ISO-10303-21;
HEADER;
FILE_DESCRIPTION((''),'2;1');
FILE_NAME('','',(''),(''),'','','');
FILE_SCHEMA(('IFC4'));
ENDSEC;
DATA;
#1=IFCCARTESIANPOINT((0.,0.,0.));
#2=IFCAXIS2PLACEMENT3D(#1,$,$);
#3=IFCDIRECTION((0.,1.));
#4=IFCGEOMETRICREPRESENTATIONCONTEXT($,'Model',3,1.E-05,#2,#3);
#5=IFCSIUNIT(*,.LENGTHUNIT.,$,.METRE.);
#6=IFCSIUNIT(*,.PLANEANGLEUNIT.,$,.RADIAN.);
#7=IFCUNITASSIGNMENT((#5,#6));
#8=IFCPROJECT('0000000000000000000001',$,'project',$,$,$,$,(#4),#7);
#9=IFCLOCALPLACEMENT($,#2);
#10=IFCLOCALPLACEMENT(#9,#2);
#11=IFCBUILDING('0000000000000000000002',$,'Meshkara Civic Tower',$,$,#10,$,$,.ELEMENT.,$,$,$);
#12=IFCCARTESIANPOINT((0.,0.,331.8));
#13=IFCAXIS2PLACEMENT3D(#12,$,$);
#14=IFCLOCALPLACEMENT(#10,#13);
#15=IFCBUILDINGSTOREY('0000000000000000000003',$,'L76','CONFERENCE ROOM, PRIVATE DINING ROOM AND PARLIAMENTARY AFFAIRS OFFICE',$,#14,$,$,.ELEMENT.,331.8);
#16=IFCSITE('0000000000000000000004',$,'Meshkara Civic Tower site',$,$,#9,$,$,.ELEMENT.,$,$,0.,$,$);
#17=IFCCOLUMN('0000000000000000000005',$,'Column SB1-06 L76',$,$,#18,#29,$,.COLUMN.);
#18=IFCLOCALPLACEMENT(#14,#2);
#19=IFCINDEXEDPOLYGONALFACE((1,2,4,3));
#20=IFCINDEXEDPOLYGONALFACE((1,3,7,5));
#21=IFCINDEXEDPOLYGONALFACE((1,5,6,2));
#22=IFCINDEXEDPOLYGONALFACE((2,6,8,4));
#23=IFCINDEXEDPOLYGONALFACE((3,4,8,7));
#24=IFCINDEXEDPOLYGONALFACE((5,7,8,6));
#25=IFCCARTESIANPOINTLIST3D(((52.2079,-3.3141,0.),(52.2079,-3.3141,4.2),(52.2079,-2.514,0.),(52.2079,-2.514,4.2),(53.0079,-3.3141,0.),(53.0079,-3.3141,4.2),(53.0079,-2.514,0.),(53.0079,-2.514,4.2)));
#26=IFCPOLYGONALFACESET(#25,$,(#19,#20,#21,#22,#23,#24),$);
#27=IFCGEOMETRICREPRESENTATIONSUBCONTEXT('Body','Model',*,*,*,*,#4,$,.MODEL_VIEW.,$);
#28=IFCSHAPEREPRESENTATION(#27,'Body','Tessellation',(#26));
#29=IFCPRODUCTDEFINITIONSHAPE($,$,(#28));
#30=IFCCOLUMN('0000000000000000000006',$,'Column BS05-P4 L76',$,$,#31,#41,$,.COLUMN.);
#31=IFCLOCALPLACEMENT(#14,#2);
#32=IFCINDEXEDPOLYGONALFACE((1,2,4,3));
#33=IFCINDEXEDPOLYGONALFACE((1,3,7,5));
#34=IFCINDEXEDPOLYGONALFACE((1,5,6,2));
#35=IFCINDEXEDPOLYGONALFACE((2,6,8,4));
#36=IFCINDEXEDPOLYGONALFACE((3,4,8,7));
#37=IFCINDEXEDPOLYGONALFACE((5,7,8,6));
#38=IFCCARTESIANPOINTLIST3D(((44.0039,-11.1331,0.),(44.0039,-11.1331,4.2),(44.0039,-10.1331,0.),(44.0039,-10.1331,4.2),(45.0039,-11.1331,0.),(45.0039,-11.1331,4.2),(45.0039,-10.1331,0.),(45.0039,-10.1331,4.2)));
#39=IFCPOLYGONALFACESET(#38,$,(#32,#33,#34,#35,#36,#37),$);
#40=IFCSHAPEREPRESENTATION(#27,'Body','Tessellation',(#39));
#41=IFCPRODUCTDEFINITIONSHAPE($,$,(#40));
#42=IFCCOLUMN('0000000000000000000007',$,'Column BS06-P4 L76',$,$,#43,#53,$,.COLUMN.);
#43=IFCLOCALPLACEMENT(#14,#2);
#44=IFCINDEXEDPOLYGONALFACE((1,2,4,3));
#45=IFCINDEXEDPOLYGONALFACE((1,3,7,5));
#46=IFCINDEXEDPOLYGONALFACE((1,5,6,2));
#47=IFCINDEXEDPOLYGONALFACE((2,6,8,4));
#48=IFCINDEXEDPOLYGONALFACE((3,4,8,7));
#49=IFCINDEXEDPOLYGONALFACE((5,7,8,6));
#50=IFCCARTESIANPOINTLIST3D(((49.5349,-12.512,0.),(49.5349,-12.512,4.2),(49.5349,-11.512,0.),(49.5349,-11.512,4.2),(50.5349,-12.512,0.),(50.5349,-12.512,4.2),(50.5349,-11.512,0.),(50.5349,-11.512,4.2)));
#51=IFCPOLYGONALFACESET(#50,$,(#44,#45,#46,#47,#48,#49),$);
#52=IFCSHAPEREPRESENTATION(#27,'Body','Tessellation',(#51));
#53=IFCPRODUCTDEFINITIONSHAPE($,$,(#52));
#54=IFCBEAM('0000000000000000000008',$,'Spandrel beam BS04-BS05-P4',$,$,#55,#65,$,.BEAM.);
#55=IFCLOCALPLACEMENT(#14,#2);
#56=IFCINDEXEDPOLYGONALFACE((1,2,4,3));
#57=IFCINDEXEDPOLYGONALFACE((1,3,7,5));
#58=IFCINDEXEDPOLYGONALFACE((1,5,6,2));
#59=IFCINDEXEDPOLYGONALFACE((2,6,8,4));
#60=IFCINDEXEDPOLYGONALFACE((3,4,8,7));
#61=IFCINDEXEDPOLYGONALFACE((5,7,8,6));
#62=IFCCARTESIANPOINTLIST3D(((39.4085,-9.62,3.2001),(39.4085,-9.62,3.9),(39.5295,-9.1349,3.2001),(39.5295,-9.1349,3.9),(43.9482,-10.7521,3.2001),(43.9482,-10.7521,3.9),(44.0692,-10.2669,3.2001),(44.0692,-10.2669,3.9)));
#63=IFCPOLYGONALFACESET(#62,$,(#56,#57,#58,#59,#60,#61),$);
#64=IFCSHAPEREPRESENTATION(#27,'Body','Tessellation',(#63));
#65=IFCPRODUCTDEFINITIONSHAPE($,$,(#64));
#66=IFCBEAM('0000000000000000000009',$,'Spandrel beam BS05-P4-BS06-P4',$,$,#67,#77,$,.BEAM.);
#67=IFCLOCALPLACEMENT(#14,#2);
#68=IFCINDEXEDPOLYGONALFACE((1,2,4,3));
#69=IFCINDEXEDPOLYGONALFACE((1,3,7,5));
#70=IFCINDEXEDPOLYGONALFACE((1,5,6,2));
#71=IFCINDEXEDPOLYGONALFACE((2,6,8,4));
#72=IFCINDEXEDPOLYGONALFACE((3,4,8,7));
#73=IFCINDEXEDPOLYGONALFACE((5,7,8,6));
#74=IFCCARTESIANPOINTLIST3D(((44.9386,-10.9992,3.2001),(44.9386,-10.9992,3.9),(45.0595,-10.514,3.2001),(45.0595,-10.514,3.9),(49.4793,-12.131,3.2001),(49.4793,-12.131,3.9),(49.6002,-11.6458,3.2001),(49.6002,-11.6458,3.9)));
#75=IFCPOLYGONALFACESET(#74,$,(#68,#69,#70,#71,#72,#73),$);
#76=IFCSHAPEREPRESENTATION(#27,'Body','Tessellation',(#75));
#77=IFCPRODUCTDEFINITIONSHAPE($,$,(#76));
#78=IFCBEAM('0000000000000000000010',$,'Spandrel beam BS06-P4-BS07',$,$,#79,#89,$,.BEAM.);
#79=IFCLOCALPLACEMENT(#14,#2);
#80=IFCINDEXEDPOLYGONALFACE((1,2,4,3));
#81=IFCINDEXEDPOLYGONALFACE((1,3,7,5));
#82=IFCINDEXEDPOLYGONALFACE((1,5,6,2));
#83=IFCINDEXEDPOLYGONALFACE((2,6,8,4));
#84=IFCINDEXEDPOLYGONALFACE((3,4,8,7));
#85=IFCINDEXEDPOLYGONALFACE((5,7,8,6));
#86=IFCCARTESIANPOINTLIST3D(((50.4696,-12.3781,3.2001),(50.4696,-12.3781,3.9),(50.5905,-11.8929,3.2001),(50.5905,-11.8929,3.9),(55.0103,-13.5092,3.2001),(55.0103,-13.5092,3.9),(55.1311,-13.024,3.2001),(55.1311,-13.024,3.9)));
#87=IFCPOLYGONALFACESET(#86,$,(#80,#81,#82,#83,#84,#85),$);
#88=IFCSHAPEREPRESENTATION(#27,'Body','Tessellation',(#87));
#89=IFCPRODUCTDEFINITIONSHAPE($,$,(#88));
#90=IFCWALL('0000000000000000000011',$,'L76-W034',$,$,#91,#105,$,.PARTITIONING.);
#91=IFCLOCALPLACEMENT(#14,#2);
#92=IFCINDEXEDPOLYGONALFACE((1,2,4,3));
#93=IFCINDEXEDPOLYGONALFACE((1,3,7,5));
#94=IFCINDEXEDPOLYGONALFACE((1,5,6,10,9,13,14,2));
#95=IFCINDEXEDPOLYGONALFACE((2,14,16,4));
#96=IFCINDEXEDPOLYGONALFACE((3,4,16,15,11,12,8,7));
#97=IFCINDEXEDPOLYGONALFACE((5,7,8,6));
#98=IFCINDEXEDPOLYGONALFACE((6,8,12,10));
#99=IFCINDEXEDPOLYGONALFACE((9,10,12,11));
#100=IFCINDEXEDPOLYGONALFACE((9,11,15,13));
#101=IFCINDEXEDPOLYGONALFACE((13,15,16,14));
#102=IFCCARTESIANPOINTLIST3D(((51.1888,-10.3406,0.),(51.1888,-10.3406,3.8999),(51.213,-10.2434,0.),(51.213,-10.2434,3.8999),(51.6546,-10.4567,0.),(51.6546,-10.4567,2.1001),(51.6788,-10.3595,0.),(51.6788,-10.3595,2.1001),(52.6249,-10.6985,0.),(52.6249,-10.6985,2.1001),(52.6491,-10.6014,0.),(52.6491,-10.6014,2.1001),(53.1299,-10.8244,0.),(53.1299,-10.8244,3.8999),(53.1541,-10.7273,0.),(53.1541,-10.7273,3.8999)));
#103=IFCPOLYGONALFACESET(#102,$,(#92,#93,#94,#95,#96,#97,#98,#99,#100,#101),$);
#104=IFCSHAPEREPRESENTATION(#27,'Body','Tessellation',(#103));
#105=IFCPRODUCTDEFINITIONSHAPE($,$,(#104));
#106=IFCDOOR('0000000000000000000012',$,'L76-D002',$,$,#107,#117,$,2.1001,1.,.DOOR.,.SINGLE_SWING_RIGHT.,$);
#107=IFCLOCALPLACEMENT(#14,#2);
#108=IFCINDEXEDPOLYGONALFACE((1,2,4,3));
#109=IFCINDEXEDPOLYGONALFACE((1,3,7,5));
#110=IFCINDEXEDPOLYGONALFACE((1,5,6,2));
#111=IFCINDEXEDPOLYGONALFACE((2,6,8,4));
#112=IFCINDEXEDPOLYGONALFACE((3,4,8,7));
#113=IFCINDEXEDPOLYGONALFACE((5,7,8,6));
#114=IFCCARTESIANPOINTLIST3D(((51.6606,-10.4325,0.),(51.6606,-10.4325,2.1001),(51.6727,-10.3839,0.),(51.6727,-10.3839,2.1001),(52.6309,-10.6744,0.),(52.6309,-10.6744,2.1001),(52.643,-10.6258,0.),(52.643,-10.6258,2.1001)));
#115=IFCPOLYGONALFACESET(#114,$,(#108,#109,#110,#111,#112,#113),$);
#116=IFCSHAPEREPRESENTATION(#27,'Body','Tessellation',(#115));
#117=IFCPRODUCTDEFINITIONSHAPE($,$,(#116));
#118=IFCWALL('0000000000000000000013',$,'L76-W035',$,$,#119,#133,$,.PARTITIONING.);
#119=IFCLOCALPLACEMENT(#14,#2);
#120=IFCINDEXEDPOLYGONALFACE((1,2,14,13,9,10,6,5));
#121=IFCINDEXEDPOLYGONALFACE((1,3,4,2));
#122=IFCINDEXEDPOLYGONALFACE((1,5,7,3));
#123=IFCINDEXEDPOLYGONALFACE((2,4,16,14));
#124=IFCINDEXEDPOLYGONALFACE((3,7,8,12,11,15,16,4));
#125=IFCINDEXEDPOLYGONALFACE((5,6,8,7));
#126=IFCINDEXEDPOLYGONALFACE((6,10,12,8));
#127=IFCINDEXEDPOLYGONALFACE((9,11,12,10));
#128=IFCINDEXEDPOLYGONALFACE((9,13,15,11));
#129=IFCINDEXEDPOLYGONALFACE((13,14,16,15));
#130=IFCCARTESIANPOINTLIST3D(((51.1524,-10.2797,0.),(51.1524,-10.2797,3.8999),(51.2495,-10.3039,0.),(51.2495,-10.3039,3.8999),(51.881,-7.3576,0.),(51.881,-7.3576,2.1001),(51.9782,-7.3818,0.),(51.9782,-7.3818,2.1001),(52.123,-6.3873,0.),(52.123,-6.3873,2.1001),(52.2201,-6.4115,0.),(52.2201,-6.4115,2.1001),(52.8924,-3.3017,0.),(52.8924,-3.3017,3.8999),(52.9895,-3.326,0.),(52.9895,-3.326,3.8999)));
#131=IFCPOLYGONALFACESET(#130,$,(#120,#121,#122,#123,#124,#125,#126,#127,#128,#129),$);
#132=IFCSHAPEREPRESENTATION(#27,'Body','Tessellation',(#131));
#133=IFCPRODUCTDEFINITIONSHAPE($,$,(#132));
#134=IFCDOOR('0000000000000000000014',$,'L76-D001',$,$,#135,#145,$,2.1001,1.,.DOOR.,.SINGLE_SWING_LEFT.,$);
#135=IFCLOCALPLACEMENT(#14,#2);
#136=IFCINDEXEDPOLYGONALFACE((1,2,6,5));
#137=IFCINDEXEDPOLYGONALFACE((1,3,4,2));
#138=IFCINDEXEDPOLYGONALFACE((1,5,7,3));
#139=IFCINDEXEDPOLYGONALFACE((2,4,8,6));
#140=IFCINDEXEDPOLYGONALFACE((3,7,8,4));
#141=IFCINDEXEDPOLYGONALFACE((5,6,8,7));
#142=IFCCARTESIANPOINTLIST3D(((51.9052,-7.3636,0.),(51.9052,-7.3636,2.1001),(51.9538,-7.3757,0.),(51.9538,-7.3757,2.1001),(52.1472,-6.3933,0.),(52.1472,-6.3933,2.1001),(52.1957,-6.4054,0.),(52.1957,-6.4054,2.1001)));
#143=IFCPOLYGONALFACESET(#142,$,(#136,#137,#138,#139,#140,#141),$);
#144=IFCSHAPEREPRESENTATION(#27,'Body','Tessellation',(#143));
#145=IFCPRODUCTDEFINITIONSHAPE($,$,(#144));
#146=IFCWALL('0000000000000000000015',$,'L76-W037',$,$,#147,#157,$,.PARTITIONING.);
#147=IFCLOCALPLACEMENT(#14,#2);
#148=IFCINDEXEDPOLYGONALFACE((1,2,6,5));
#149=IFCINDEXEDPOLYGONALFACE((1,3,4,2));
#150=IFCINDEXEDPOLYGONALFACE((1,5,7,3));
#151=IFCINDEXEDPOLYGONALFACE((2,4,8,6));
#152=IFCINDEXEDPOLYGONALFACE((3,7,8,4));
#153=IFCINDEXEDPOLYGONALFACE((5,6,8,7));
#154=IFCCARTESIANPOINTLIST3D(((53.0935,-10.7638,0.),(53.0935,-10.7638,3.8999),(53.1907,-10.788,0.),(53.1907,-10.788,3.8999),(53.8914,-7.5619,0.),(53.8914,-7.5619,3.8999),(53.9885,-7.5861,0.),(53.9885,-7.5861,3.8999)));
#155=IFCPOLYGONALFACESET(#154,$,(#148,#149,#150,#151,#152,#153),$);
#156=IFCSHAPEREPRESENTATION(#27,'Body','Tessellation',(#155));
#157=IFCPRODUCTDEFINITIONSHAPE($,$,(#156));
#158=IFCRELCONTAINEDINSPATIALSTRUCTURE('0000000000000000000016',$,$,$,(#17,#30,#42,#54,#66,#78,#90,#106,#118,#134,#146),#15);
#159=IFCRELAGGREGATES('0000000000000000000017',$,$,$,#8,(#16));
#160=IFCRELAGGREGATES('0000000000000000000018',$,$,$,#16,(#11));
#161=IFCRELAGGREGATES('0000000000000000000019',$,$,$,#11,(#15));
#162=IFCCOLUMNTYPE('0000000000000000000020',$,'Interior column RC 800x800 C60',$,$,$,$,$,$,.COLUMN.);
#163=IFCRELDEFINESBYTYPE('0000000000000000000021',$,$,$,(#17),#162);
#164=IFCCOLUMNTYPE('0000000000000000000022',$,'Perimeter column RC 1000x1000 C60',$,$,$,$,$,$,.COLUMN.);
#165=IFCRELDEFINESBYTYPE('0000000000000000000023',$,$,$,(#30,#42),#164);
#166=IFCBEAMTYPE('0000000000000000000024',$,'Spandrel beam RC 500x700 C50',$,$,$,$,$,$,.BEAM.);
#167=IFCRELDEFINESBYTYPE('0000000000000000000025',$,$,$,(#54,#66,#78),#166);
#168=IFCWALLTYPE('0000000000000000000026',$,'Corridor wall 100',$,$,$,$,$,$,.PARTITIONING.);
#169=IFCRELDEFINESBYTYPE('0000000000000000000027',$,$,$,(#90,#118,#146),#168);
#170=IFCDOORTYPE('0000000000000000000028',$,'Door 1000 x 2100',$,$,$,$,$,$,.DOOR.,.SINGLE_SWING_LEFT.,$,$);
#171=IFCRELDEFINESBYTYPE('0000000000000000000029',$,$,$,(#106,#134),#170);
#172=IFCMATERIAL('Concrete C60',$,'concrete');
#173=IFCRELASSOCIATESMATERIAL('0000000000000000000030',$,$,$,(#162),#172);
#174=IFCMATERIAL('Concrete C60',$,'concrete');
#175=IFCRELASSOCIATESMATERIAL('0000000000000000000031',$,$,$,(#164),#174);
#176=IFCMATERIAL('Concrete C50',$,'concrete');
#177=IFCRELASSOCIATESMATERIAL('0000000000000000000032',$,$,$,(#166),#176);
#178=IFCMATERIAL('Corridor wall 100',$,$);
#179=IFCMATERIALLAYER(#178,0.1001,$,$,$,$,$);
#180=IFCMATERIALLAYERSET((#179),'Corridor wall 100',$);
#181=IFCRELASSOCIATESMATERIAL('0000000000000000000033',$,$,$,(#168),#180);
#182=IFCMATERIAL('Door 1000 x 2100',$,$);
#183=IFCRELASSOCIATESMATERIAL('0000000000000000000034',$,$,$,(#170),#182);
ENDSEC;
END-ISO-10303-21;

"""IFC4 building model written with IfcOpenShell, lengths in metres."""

from ifc_helpers import new_model, si_unit, direction, frame, frame_2d, origin, origin_2d, place, context, subcontext, project, spatial, rectangle, extrude, material, layer, layer_set, material_profile, profile_set, type_object, element, fill, save


model = new_model("IFC4")

# Units and contexts
model_context = context("Model", 3, precision=1e-05, world=origin(), true_north=direction((0.0, 1.0)))
body_context = subcontext(model_context, "Body", "Model", "MODEL_VIEW")
ifc_project = project(units=[si_unit("LENGTHUNIT", "METRE"), si_unit("PLANEANGLEUNIT", "RADIAN")], contexts=[model_context])

# Site, building, storey
site_placement = place(None, origin())
site = spatial("IfcSite", under=ifc_project, at=site_placement, Name="Meshkara Civic Tower site", CompositionType="ELEMENT", RefElevation=0.0)
building_placement = place(site_placement, origin())
building = spatial("IfcBuilding", under=site, at=building_placement, Name="Meshkara Civic Tower", CompositionType="ELEMENT")
storey_placement = place(building_placement, frame((0.0, 0.0, 331.8)))
storey = spatial("IfcBuildingStorey", under=building, at=storey_placement, Name="L76", Description="CONFERENCE ROOM, PRIVATE DINING ROOM AND PARLIAMENTARY AFFAIRS OFFICE", CompositionType="ELEMENT", Elevation=331.8)

# Columns
ifc_material_1 = material(Name="Concrete C60", Category="concrete")
ifc_material_profile_1 = material_profile(ifc_material_1, rectangle(XDim=0.8, YDim=0.8, at=origin_2d()))
ifc_profile_set_1 = profile_set([ifc_material_profile_1], Name="Concrete C60")
column_type_1 = type_object("IfcColumnType", Name="Interior column RC 800x800 C60", PredefinedType="COLUMN", material=ifc_profile_set_1)
column_placement = place(storey_placement, frame((52.6079, -2.9141, 0.0), z_axis=(0.0, 0.0, 1.0), x_axis=(1.0, 0.0, 0.0)))
element("IfcColumn", 1, at=column_placement, inside=storey, type_object=column_type_1, Name="Column SB1-06 L76", PredefinedType="COLUMN", context=body_context, shape_type="SweptSolid", body=[
    extrude(rectangle(XDim=0.8, YDim=0.8, at=origin_2d()), origin(), (0.0, 0.0, 1.0), 4.2),
])
ifc_material_2 = material(Name="Concrete C60", Category="concrete")
ifc_material_profile_2 = material_profile(ifc_material_2, rectangle(XDim=1.0, YDim=1.0, at=origin_2d()))
ifc_profile_set_2 = profile_set([ifc_material_profile_2], Name="Concrete C60")
column_type_2 = type_object("IfcColumnType", Name="Perimeter column RC 1000x1000 C60", PredefinedType="COLUMN", material=ifc_profile_set_2)
for number, where, z_axis, x_axis, name in (
    (2, (44.5039, -10.6331, 0.0), (0.0, 0.0, 1.0), (1.0, 0.0, 0.0), "Column BS05-P4 L76"),
    (3, (50.0349, -12.012, 0.0), (0.0, 0.0, 1.0), (1.0, 0.0, 0.0), "Column BS06-P4 L76"),
):
    element("IfcColumn", number, at=place(storey_placement, frame(where, z_axis=z_axis, x_axis=x_axis)), inside=storey, type_object=column_type_2, Name=name, PredefinedType="COLUMN", context=body_context, shape_type="SweptSolid", body=[
        extrude(rectangle(XDim=1.0, YDim=1.0, at=origin_2d()), origin(), (0.0, 0.0, 1.0), 4.2),
    ])

# Beams
ifc_material_3 = material(Name="Concrete C50", Category="concrete")
ifc_material_profile_3 = material_profile(ifc_material_3, rectangle(XDim=0.5, YDim=0.7, at=origin_2d()))
ifc_profile_set_3 = profile_set([ifc_material_profile_3], Name="Concrete C50")
beam_type = type_object("IfcBeamType", Name="Spandrel beam RC 500x700 C50", PredefinedType="BEAM", material=ifc_profile_set_3)
beam_1_placement = place(storey_placement, frame((39.469, -9.3774, 3.55), z_axis=(0.970287, -0.241959, 0.0), x_axis=(0.241959, 0.970287, 0.0)))
element("IfcBeam", 4, at=beam_1_placement, inside=storey, type_object=beam_type, Name="Spandrel beam BS04-BS05-P4", PredefinedType="BEAM", context=body_context, shape_type="SweptSolid", body=[
    extrude(rectangle(XDim=0.5, YDim=0.7, at=origin_2d()), origin(), (0.0, 0.0, 1.0), 4.6787),
])
beam_2_placement = place(storey_placement, frame((44.999, -10.7566, 3.55), z_axis=(0.970311, -0.24186, 0.0), x_axis=(0.24186, 0.970311, 0.0)))
element("IfcBeam", 5, at=beam_2_placement, inside=storey, type_object=beam_type, Name="Spandrel beam BS05-P4-BS06-P4", PredefinedType="BEAM", context=body_context, shape_type="SweptSolid", body=[
    extrude(rectangle(XDim=0.5, YDim=0.7, at=origin_2d()), origin(), (0.0, 0.0, 1.0), 4.6797),
])
beam_3_placement = place(storey_placement, frame((50.53, -12.1355, 3.55), z_axis=(0.970348, -0.241713, 0.0), x_axis=(0.241713, 0.970348, 0.0)))
element("IfcBeam", 6, at=beam_3_placement, inside=storey, type_object=beam_type, Name="Spandrel beam BS06-P4-BS07", PredefinedType="BEAM", context=body_context, shape_type="SweptSolid", body=[
    extrude(rectangle(XDim=0.5, YDim=0.7, at=origin_2d()), origin(), (0.0, 0.0, 1.0), 4.6794),
])

# Walls, openings, doors
ifc_material_4 = material(Name="Corridor wall 100")
ifc_layer_1 = layer(ifc_material_4, 0.1001)
ifc_layer_set_1 = layer_set([ifc_layer_1], Name="Corridor wall 100")
wall_type_1 = type_object("IfcWallType", Name="Corridor wall 100", PredefinedType="PARTITIONING", material=ifc_layer_set_1)
wall_1_placement = place(storey_placement, frame((51.2009, -10.292, 0.0), z_axis=(0.0, 0.0, 1.0), x_axis=(0.970307, -0.241875, 0.0)))
wall_1 = element("IfcWall", 7, at=wall_1_placement, inside=storey, type_object=wall_type_1, Name="L76-W034", PredefinedType="PARTITIONING", context=body_context, shape_type="SweptSolid", body=[
    extrude(rectangle(XDim=2.0005, YDim=0.1001, at=frame_2d((1.0002, 0.0))), origin(), (0.0, 0.0, 1.0), 3.8999),
])
opening_1_placement = place(wall_1_placement, frame((0.48, 0.0, 0.0)))
opening_1 = element("IfcOpeningElement", 8, at=opening_1_placement, cuts=wall_1, PredefinedType="OPENING", context=body_context, shape_type="SweptSolid", body=[
    extrude(rectangle(XDim=1.0, YDim=2.1001, at=frame_2d((0.5, 1.05))), frame((0.0, 0.0601, 0.0), z_axis=(0.0, -1.0, 0.0), x_axis=(1.0, 0.0, 0.0)), (0.0, 0.0, 1.0), 0.1201),
])
ifc_material_5 = material(Name="Door 1000 x 2100")
door_type_1 = type_object("IfcDoorType", Name="Door 1000 x 2100", OperationType="SINGLE_SWING_LEFT", PredefinedType="DOOR", material=ifc_material_5)
door_1_placement = place(opening_1_placement, origin())
door_1 = element("IfcDoor", 9, at=door_1_placement, inside=storey, type_object=door_type_1, Name="L76-D002", OperationType="SINGLE_SWING_RIGHT", OverallHeight=2.1001, OverallWidth=1.0, PredefinedType="DOOR", context=body_context, shape_type="SweptSolid", body=[
    extrude(rectangle(XDim=1.0, YDim=2.1001, at=frame_2d((0.5, 1.05))), frame((0.0, 0.0249, 0.0), z_axis=(0.0, -1.0, 0.0), x_axis=(1.0, 0.0, 0.0)), (0.0, 0.0, 1.0), 0.05),
])
fill(opening_1, door_1)
wall_2_placement = place(storey_placement, frame((52.9409, -3.314, 0.0), z_axis=(0.0, 0.0, 1.0), x_axis=(-0.241944, -0.97029, 0.0)))
wall_2 = element("IfcWall", 10, at=wall_2_placement, inside=storey, type_object=wall_type_1, Name="L76-W035", PredefinedType="PARTITIONING", context=body_context, shape_type="SweptSolid", body=[
    extrude(rectangle(XDim=7.1917, YDim=0.1001, at=frame_2d((3.5957, 0.0))), origin(), (0.0, 0.0, 1.0), 3.8999),
])
opening_2_placement = place(wall_2_placement, frame((3.1799, 0.0, 0.0)))
opening_2 = element("IfcOpeningElement", 11, at=opening_2_placement, cuts=wall_2, PredefinedType="OPENING", context=body_context, shape_type="SweptSolid", body=[
    extrude(rectangle(XDim=1.0, YDim=2.1001, at=frame_2d((0.5, 1.05))), frame((0.0, 0.0601, 0.0), z_axis=(0.0, -1.0, 0.0), x_axis=(1.0, 0.0, 0.0)), (0.0, 0.0, 1.0), 0.1201),
])
door_2_placement = place(opening_2_placement, origin())
door_2 = element("IfcDoor", 12, at=door_2_placement, inside=storey, type_object=door_type_1, Name="L76-D001", OperationType="SINGLE_SWING_LEFT", OverallHeight=2.1001, OverallWidth=1.0, PredefinedType="DOOR", context=body_context, shape_type="SweptSolid", body=[
    extrude(rectangle(XDim=1.0, YDim=2.1001, at=frame_2d((0.5, 1.05))), frame((0.0, 0.0249, 0.0), z_axis=(0.0, -1.0, 0.0), x_axis=(1.0, 0.0, 0.0)), (0.0, 0.0, 1.0), 0.05),
])
fill(opening_2, door_2)

# Wall
wall_3_placement = place(storey_placement, frame((53.1421, -10.7759, 0.0), z_axis=(0.0, 0.0, 1.0), x_axis=(0.241787, 0.970329, 0.0)))
element("IfcWall", 13, at=wall_3_placement, inside=storey, type_object=wall_type_1, Name="L76-W037", PredefinedType="PARTITIONING", context=body_context, shape_type="SweptSolid", body=[
    extrude(rectangle(XDim=3.2998, YDim=0.1001, at=frame_2d((1.6499, 0.0))), origin(), (0.0, 0.0, 1.0), 3.8999),
])

save(model, "model.ifc")
